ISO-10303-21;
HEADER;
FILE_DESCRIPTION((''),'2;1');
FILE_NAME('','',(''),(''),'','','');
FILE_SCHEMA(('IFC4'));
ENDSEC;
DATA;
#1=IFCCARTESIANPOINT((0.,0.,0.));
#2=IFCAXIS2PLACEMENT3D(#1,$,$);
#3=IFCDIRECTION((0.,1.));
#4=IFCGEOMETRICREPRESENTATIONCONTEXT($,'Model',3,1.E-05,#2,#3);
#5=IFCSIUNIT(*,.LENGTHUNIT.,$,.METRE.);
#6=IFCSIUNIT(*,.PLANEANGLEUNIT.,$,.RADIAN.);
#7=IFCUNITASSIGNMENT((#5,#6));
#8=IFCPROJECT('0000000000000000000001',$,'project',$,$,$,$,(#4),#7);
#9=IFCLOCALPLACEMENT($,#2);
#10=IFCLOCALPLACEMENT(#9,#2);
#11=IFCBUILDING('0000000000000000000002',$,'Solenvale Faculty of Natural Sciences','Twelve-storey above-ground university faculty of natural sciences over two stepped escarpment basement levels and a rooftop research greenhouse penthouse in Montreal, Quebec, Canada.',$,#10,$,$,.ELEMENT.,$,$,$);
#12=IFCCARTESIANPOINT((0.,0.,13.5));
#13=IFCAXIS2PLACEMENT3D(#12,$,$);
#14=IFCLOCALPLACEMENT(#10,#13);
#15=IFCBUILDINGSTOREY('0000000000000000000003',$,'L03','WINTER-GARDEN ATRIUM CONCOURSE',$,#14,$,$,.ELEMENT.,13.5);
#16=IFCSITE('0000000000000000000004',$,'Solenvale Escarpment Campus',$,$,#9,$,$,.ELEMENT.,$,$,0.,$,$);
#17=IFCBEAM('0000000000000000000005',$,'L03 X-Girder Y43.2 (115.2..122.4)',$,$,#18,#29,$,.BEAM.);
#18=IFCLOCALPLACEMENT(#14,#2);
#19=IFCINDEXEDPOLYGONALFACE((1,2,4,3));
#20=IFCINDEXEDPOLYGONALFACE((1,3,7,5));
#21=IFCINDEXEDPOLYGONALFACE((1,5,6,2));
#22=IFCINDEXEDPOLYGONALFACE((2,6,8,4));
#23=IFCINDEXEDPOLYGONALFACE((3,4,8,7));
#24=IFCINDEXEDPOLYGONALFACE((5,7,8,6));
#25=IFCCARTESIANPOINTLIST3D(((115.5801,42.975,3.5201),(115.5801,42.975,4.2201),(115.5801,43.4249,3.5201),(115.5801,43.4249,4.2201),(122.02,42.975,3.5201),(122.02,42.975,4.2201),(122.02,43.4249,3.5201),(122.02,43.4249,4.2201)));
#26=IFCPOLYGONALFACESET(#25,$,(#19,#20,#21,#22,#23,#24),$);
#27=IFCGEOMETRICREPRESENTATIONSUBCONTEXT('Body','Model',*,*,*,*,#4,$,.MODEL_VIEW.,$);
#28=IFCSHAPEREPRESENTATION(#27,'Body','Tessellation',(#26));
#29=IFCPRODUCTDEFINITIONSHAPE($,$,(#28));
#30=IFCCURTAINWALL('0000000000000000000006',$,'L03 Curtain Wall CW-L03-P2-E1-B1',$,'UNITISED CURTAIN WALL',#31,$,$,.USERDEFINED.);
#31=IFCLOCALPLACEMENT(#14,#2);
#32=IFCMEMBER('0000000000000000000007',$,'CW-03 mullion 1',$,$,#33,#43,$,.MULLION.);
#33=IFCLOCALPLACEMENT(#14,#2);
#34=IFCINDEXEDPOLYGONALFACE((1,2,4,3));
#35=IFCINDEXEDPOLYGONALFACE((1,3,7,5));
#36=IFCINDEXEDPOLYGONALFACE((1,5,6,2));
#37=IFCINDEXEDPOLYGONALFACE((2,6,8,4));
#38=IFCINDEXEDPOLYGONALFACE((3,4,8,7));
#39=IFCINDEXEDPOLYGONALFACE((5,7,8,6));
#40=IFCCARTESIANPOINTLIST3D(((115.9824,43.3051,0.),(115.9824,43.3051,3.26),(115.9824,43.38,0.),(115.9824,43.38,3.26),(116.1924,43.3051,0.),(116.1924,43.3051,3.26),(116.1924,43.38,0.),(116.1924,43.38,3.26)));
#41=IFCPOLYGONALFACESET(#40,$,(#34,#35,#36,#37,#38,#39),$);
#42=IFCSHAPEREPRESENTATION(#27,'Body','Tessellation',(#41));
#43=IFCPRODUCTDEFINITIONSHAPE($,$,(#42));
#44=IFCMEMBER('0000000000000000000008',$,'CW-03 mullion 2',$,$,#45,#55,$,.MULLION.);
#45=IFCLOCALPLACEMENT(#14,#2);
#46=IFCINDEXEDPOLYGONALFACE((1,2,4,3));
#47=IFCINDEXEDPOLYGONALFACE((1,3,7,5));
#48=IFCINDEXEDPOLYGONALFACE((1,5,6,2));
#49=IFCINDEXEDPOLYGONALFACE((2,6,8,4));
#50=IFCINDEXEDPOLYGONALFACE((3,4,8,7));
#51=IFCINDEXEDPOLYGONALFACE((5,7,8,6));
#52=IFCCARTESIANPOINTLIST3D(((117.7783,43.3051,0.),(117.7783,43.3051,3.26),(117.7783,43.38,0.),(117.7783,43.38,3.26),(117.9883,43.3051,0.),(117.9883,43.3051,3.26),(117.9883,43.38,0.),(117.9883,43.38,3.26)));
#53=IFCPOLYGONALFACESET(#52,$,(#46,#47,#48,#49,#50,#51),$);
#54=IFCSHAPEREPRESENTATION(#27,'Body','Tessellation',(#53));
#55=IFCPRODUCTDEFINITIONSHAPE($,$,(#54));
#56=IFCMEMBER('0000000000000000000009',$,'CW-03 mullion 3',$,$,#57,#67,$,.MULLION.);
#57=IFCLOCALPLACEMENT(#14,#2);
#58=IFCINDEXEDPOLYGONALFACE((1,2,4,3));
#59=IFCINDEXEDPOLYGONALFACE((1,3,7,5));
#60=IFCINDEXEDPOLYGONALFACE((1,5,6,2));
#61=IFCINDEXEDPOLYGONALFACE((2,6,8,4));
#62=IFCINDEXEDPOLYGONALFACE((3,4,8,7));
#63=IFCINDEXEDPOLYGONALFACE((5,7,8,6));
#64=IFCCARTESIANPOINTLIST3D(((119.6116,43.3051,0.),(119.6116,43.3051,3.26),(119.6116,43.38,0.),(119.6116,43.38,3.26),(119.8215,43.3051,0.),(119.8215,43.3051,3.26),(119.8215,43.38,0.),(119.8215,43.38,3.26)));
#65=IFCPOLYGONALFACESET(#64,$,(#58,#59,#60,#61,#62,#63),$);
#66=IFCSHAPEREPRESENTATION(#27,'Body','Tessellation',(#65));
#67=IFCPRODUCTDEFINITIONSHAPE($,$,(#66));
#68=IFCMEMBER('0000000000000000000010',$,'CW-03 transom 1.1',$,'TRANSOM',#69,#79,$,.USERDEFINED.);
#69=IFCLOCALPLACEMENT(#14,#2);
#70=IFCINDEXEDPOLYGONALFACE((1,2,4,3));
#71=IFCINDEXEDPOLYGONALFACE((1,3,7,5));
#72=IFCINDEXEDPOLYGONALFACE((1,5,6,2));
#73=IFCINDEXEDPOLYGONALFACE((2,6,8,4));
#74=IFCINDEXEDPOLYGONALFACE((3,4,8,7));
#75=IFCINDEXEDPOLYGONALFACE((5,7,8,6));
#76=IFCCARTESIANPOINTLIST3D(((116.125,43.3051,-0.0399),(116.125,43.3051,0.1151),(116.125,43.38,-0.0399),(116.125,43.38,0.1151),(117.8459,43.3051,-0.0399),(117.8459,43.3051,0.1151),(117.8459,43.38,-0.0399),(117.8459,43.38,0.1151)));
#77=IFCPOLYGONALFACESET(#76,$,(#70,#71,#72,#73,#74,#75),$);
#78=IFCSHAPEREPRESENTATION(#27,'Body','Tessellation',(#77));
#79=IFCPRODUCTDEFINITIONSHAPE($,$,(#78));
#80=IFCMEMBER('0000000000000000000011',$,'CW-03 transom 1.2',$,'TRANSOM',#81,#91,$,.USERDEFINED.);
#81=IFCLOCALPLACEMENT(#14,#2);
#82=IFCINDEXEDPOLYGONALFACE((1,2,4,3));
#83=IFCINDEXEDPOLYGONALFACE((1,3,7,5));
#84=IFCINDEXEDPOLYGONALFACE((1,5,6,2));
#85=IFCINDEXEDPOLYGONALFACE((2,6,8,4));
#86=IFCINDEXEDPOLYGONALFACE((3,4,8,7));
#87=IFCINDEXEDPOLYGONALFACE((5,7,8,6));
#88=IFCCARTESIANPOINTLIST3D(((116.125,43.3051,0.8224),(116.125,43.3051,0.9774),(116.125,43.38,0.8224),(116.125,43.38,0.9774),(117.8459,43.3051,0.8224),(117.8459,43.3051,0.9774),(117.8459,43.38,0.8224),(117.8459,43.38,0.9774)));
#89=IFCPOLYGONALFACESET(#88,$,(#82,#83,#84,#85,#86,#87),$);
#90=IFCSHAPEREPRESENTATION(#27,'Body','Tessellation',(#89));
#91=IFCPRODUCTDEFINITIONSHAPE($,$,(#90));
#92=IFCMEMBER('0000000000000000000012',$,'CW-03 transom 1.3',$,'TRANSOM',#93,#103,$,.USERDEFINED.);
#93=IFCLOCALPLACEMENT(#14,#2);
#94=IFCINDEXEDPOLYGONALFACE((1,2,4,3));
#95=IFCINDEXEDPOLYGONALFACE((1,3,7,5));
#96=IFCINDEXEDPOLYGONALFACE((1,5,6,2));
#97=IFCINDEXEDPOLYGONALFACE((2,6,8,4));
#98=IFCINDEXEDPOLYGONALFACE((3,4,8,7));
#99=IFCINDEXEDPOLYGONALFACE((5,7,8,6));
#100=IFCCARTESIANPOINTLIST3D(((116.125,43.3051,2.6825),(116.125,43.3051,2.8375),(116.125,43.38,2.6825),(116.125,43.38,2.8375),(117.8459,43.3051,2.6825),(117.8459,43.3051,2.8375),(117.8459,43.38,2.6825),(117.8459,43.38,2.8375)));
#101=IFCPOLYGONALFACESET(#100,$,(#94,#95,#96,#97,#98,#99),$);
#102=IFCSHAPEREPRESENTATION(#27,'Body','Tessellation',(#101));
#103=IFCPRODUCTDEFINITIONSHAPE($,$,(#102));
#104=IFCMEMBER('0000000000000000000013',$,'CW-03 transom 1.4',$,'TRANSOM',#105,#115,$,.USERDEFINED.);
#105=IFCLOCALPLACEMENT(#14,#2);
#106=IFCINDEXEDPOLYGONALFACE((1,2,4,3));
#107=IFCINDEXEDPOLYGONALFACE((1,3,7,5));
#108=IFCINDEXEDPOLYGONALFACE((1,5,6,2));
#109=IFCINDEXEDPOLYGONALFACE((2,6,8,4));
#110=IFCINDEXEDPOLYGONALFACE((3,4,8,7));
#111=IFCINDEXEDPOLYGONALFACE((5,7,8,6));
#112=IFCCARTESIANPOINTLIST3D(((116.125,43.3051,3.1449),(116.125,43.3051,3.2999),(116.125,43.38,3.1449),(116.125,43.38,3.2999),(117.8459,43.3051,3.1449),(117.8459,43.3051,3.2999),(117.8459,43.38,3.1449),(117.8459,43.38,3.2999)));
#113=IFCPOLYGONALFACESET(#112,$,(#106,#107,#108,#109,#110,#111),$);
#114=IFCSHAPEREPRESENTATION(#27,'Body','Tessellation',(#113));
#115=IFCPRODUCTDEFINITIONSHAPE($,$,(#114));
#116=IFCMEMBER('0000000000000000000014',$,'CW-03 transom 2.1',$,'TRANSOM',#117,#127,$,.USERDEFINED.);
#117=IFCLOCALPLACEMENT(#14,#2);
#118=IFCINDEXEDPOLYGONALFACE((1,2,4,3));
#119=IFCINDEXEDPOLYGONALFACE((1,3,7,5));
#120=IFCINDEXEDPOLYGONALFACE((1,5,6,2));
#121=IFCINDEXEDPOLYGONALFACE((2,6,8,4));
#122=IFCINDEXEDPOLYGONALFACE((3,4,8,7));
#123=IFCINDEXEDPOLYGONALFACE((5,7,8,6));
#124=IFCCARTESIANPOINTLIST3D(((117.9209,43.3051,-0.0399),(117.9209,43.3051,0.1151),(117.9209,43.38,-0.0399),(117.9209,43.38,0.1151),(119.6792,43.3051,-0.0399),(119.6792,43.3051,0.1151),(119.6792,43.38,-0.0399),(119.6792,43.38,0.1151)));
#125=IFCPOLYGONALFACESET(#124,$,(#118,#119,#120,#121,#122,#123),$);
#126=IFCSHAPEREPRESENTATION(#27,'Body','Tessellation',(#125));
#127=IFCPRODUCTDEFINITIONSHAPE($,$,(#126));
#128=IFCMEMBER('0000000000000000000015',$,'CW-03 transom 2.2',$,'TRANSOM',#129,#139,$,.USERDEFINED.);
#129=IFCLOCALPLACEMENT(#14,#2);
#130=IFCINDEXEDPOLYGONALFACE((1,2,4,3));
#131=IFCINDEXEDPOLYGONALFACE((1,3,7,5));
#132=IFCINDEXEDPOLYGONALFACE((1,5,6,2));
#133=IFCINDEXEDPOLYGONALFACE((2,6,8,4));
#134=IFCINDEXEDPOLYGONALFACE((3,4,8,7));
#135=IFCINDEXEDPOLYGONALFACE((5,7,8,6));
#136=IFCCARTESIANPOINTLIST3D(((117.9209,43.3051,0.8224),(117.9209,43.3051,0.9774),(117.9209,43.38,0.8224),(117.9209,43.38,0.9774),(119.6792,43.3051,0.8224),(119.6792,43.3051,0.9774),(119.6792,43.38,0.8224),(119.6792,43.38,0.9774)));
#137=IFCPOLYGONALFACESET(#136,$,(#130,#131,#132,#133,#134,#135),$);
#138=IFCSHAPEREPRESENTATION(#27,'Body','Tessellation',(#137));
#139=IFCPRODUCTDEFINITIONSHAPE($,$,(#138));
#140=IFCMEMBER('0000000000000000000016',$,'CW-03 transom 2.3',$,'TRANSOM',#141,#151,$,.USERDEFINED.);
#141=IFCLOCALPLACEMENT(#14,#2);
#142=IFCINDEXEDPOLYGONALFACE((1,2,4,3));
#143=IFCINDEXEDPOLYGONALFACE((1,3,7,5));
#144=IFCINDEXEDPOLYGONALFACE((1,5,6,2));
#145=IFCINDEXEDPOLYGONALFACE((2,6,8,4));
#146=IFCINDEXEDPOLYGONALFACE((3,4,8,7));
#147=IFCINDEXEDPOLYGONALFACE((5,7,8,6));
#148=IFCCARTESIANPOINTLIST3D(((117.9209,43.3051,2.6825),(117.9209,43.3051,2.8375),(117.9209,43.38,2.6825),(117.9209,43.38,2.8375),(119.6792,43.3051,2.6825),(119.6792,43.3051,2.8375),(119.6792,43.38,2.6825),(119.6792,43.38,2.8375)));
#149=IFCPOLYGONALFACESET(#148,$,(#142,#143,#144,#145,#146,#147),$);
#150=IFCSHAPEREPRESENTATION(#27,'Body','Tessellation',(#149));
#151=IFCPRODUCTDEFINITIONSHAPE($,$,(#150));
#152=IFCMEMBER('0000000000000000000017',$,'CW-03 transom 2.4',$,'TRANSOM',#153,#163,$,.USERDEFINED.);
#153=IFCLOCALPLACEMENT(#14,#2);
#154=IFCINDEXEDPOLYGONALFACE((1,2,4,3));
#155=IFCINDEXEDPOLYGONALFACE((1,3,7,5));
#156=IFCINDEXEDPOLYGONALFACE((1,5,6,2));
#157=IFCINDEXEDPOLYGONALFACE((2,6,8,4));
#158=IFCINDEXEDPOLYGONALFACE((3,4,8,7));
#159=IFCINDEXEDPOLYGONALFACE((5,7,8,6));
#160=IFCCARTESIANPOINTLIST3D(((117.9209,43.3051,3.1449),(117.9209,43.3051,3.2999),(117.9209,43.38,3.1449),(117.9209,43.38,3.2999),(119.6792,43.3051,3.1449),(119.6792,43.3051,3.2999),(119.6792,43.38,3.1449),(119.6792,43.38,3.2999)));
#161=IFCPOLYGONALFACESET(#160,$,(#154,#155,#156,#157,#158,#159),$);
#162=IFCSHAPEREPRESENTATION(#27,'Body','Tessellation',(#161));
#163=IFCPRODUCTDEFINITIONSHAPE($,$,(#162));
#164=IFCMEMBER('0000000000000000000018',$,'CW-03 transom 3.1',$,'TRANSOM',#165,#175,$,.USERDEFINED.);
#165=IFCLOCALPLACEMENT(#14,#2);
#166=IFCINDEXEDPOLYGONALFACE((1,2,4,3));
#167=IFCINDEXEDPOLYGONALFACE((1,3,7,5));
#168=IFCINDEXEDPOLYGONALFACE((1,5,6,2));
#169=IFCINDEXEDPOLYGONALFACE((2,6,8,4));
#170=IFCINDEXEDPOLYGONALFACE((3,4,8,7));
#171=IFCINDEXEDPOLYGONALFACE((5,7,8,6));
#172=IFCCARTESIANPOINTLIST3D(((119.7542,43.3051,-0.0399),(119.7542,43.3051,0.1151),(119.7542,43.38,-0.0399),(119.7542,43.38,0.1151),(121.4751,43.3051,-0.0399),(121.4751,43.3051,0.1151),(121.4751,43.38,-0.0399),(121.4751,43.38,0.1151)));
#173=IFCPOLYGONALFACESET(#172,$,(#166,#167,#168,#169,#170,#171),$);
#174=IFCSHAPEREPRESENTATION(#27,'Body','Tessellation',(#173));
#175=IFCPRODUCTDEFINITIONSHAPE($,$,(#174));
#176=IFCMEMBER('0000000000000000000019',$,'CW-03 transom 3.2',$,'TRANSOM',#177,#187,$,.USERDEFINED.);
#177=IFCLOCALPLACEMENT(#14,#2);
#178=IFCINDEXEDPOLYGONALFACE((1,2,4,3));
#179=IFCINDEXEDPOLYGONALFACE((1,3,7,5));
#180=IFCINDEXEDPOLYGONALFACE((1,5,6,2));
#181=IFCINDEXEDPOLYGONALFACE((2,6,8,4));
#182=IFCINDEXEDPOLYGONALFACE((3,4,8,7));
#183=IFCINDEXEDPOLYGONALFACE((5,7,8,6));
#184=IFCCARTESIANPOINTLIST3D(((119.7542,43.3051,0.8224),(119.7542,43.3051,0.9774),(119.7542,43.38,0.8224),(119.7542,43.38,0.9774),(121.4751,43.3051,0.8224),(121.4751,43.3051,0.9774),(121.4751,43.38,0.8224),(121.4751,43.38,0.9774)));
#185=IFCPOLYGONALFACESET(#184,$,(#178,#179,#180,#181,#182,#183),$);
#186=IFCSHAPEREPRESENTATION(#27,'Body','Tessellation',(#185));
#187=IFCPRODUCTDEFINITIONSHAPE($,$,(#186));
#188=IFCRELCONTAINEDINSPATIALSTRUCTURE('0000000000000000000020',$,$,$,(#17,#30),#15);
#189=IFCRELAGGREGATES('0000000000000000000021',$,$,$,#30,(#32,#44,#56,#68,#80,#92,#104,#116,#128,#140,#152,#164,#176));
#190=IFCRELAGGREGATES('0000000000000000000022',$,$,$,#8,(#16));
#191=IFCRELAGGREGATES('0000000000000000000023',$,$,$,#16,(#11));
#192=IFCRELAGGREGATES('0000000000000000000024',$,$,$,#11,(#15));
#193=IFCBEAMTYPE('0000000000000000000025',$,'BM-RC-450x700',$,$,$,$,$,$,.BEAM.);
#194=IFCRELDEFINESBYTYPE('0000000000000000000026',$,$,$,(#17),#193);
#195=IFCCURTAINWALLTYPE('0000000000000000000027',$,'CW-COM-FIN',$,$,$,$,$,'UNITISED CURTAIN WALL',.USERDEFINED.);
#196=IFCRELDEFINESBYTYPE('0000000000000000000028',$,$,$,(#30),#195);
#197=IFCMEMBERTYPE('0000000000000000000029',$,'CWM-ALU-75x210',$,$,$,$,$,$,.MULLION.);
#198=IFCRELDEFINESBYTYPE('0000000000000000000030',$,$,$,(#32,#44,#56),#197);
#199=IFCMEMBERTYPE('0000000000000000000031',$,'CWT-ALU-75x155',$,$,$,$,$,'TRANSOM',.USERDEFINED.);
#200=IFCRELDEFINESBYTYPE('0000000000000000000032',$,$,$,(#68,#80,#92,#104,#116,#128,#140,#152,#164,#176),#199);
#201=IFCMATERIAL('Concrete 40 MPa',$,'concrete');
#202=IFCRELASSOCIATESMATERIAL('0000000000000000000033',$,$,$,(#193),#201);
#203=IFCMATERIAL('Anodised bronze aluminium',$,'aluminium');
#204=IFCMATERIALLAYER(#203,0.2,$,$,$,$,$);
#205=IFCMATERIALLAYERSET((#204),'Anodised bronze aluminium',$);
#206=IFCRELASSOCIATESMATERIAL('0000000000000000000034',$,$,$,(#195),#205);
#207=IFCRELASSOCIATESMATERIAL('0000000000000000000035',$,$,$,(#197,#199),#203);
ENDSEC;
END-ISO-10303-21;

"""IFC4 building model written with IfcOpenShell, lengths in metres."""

from ifc_helpers import new_model, si_unit, direction, frame, origin, origin_2d, place, context, subcontext, project, spatial, rectangle, extrude, material, layer, layer_set, material_profile, profile_set, type_object, element, aggregate, save


model = new_model("IFC4")

# Units and contexts
model_context = context("Model", 3, precision=1e-05, world=origin(), true_north=direction((0.0, 1.0)))
body_context = subcontext(model_context, "Body", "Model", "MODEL_VIEW")
ifc_project = project(units=[si_unit("LENGTHUNIT", "METRE"), si_unit("PLANEANGLEUNIT", "RADIAN")], contexts=[model_context])

# Site, building, storey
site_placement = place(None, origin())
site = spatial("IfcSite", under=ifc_project, at=site_placement, Name="Solenvale Escarpment Campus", CompositionType="ELEMENT", RefElevation=0.0)
building_placement = place(site_placement, origin())
building = spatial("IfcBuilding", under=site, at=building_placement, Name="Solenvale Faculty of Natural Sciences", Description="Twelve-storey above-ground university faculty of natural sciences over two stepped escarpment basement levels and a rooftop research greenhouse penthouse in Montreal, Quebec, Canada.", CompositionType="ELEMENT")
storey_placement = place(building_placement, frame((0.0, 0.0, 13.5)))
storey = spatial("IfcBuildingStorey", under=building, at=storey_placement, Name="L03", Description="WINTER-GARDEN ATRIUM CONCOURSE", CompositionType="ELEMENT", Elevation=13.5)

# Beam
ifc_material_1 = material(Name="Concrete 40 MPa", Category="concrete")
ifc_material_profile_1 = material_profile(ifc_material_1, rectangle(XDim=0.45, YDim=0.7, at=origin_2d()), Name="RC-BM-450x700")
ifc_profile_set_1 = profile_set([ifc_material_profile_1], Name="Concrete 40 MPa")
beam_type = type_object("IfcBeamType", Name="BM-RC-450x700", PredefinedType="BEAM", material=ifc_profile_set_1)
beam_placement = place(storey_placement, frame((115.5801, 43.2, 3.8701), z_axis=(1.0, 0.0, 0.0), x_axis=(0.0, 1.0, 0.0)))
element("IfcBeam", 1, at=beam_placement, inside=storey, type_object=beam_type, Name="L03 X-Girder Y43.2 (115.2..122.4)", PredefinedType="BEAM", context=body_context, shape_type="SweptSolid", body=[
    extrude(rectangle(XDim=0.45, YDim=0.7, at=origin_2d()), origin(), (0.0, 0.0, 1.0), 6.4399),
])

# Curtain wall, members
ifc_material_2 = material(Name="Anodised bronze aluminium", Category="aluminium")
ifc_layer_1 = layer(ifc_material_2, 0.2)
ifc_layer_set_1 = layer_set([ifc_layer_1], Name="Anodised bronze aluminium")
curtain_wall_type = type_object("IfcCurtainWallType", Name="CW-COM-FIN", ElementType="UNITISED CURTAIN WALL", PredefinedType="USERDEFINED", material=ifc_layer_set_1)
curtain_wall_1_placement = place(storey_placement, origin())
curtain_wall_1 = element("IfcCurtainWall", 2, at=curtain_wall_1_placement, inside=storey, type_object=curtain_wall_type, Name="L03 Curtain Wall CW-L03-P2-E1-B1", ObjectType="UNITISED CURTAIN WALL", PredefinedType="USERDEFINED")
ifc_material_profile_2 = material_profile(ifc_material_2, rectangle(XDim=0.075, YDim=0.21, at=origin_2d()), Name="ALU-MUL-75x210")
ifc_profile_set_2 = profile_set([ifc_material_profile_2], Name="Anodised bronze aluminium")
member_type_1 = type_object("IfcMemberType", Name="CWM-ALU-75x210", PredefinedType="MULLION", material=ifc_profile_set_2)
member_1_placement = place(storey_placement, frame((116.0874, 43.3425, 0.0), z_axis=(0.0, 0.0, 1.0), x_axis=(0.0, 1.0, 0.0)))
member_1 = element("IfcMember", 3, at=member_1_placement, type_object=member_type_1, Name="CW-03 mullion 1", PredefinedType="MULLION", context=body_context, shape_type="SweptSolid", body=[
    extrude(rectangle(XDim=0.075, YDim=0.21, at=origin_2d()), origin(), (0.0, 0.0, 1.0), 3.26),
])
member_2_placement = place(storey_placement, frame((117.8833, 43.3425, 0.0), z_axis=(0.0, 0.0, 1.0), x_axis=(0.0, 1.0, 0.0)))
member_2 = element("IfcMember", 4, at=member_2_placement, type_object=member_type_1, Name="CW-03 mullion 2", PredefinedType="MULLION", context=body_context, shape_type="SweptSolid", body=[
    extrude(rectangle(XDim=0.075, YDim=0.21, at=origin_2d()), origin(), (0.0, 0.0, 1.0), 3.26),
])
member_3_placement = place(storey_placement, frame((119.7166, 43.3425, 0.0), z_axis=(0.0, 0.0, 1.0), x_axis=(0.0, 1.0, 0.0)))
member_3 = element("IfcMember", 5, at=member_3_placement, type_object=member_type_1, Name="CW-03 mullion 3", PredefinedType="MULLION", context=body_context, shape_type="SweptSolid", body=[
    extrude(rectangle(XDim=0.075, YDim=0.21, at=origin_2d()), origin(), (0.0, 0.0, 1.0), 3.26),
])
ifc_material_profile_3 = material_profile(ifc_material_2, rectangle(XDim=0.075, YDim=0.155, at=origin_2d()), Name="ALU-TRN-75x155")
ifc_profile_set_3 = profile_set([ifc_material_profile_3], Name="Anodised bronze aluminium")
member_type_2 = type_object("IfcMemberType", Name="CWT-ALU-75x155", ElementType="TRANSOM", PredefinedType="USERDEFINED", material=ifc_profile_set_3)
member_4_placement = place(storey_placement, frame((116.125, 43.3425, 0.0376), z_axis=(1.0, 0.0, 0.0), x_axis=(0.0, 1.0, 0.0)))
member_4 = element("IfcMember", 6, at=member_4_placement, type_object=member_type_2, Name="CW-03 transom 1.1", ObjectType="TRANSOM", PredefinedType="USERDEFINED", context=body_context, shape_type="SweptSolid", body=[
    extrude(rectangle(XDim=0.075, YDim=0.155, at=origin_2d()), origin(), (0.0, 0.0, 1.0), 1.7209),
])
member_5_placement = place(storey_placement, frame((116.125, 43.3425, 0.8999), z_axis=(1.0, 0.0, 0.0), x_axis=(0.0, 1.0, 0.0)))
member_5 = element("IfcMember", 7, at=member_5_placement, type_object=member_type_2, Name="CW-03 transom 1.2", ObjectType="TRANSOM", PredefinedType="USERDEFINED", context=body_context, shape_type="SweptSolid", body=[
    extrude(rectangle(XDim=0.075, YDim=0.155, at=origin_2d()), origin(), (0.0, 0.0, 1.0), 1.7209),
])
member_6_placement = place(storey_placement, frame((116.125, 43.3425, 2.76), z_axis=(1.0, 0.0, 0.0), x_axis=(0.0, 1.0, 0.0)))
member_6 = element("IfcMember", 8, at=member_6_placement, type_object=member_type_2, Name="CW-03 transom 1.3", ObjectType="TRANSOM", PredefinedType="USERDEFINED", context=body_context, shape_type="SweptSolid", body=[
    extrude(rectangle(XDim=0.075, YDim=0.155, at=origin_2d()), origin(), (0.0, 0.0, 1.0), 1.7209),
])
member_7_placement = place(storey_placement, frame((116.125, 43.3425, 3.2224), z_axis=(1.0, 0.0, 0.0), x_axis=(0.0, 1.0, 0.0)))
member_7 = element("IfcMember", 9, at=member_7_placement, type_object=member_type_2, Name="CW-03 transom 1.4", ObjectType="TRANSOM", PredefinedType="USERDEFINED", context=body_context, shape_type="SweptSolid", body=[
    extrude(rectangle(XDim=0.075, YDim=0.155, at=origin_2d()), origin(), (0.0, 0.0, 1.0), 1.7209),
])
member_8_placement = place(storey_placement, frame((117.9209, 43.3425, 0.0376), z_axis=(1.0, 0.0, 0.0), x_axis=(0.0, 1.0, 0.0)))
member_8 = element("IfcMember", 10, at=member_8_placement, type_object=member_type_2, Name="CW-03 transom 2.1", ObjectType="TRANSOM", PredefinedType="USERDEFINED", context=body_context, shape_type="SweptSolid", body=[
    extrude(rectangle(XDim=0.075, YDim=0.155, at=origin_2d()), origin(), (0.0, 0.0, 1.0), 1.7583),
])
member_9_placement = place(storey_placement, frame((117.9209, 43.3425, 0.8999), z_axis=(1.0, 0.0, 0.0), x_axis=(0.0, 1.0, 0.0)))
member_9 = element("IfcMember", 11, at=member_9_placement, type_object=member_type_2, Name="CW-03 transom 2.2", ObjectType="TRANSOM", PredefinedType="USERDEFINED", context=body_context, shape_type="SweptSolid", body=[
    extrude(rectangle(XDim=0.075, YDim=0.155, at=origin_2d()), origin(), (0.0, 0.0, 1.0), 1.7583),
])
member_10_placement = place(storey_placement, frame((117.9209, 43.3425, 2.76), z_axis=(1.0, 0.0, 0.0), x_axis=(0.0, 1.0, 0.0)))
member_10 = element("IfcMember", 12, at=member_10_placement, type_object=member_type_2, Name="CW-03 transom 2.3", ObjectType="TRANSOM", PredefinedType="USERDEFINED", context=body_context, shape_type="SweptSolid", body=[
    extrude(rectangle(XDim=0.075, YDim=0.155, at=origin_2d()), origin(), (0.0, 0.0, 1.0), 1.7583),
])
member_11_placement = place(storey_placement, frame((117.9209, 43.3425, 3.2224), z_axis=(1.0, 0.0, 0.0), x_axis=(0.0, 1.0, 0.0)))
member_11 = element("IfcMember", 13, at=member_11_placement, type_object=member_type_2, Name="CW-03 transom 2.4", ObjectType="TRANSOM", PredefinedType="USERDEFINED", context=body_context, shape_type="SweptSolid", body=[
    extrude(rectangle(XDim=0.075, YDim=0.155, at=origin_2d()), origin(), (0.0, 0.0, 1.0), 1.7583),
])
member_12_placement = place(storey_placement, frame((119.7542, 43.3425, 0.0376), z_axis=(1.0, 0.0, 0.0), x_axis=(0.0, 1.0, 0.0)))
member_12 = element("IfcMember", 14, at=member_12_placement, type_object=member_type_2, Name="CW-03 transom 3.1", ObjectType="TRANSOM", PredefinedType="USERDEFINED", context=body_context, shape_type="SweptSolid", body=[
    extrude(rectangle(XDim=0.075, YDim=0.155, at=origin_2d()), origin(), (0.0, 0.0, 1.0), 1.7209),
])
member_13_placement = place(storey_placement, frame((119.7542, 43.3425, 0.8999), z_axis=(1.0, 0.0, 0.0), x_axis=(0.0, 1.0, 0.0)))
member_13 = element("IfcMember", 15, at=member_13_placement, type_object=member_type_2, Name="CW-03 transom 3.2", ObjectType="TRANSOM", PredefinedType="USERDEFINED", context=body_context, shape_type="SweptSolid", body=[
    extrude(rectangle(XDim=0.075, YDim=0.155, at=origin_2d()), origin(), (0.0, 0.0, 1.0), 1.7209),
])

aggregate(curtain_wall_1, [member_1, member_2, member_3, member_4, member_5, member_6, member_7, member_8, member_9, member_10, member_11, member_12, member_13])

save(model, "model.ifc")
